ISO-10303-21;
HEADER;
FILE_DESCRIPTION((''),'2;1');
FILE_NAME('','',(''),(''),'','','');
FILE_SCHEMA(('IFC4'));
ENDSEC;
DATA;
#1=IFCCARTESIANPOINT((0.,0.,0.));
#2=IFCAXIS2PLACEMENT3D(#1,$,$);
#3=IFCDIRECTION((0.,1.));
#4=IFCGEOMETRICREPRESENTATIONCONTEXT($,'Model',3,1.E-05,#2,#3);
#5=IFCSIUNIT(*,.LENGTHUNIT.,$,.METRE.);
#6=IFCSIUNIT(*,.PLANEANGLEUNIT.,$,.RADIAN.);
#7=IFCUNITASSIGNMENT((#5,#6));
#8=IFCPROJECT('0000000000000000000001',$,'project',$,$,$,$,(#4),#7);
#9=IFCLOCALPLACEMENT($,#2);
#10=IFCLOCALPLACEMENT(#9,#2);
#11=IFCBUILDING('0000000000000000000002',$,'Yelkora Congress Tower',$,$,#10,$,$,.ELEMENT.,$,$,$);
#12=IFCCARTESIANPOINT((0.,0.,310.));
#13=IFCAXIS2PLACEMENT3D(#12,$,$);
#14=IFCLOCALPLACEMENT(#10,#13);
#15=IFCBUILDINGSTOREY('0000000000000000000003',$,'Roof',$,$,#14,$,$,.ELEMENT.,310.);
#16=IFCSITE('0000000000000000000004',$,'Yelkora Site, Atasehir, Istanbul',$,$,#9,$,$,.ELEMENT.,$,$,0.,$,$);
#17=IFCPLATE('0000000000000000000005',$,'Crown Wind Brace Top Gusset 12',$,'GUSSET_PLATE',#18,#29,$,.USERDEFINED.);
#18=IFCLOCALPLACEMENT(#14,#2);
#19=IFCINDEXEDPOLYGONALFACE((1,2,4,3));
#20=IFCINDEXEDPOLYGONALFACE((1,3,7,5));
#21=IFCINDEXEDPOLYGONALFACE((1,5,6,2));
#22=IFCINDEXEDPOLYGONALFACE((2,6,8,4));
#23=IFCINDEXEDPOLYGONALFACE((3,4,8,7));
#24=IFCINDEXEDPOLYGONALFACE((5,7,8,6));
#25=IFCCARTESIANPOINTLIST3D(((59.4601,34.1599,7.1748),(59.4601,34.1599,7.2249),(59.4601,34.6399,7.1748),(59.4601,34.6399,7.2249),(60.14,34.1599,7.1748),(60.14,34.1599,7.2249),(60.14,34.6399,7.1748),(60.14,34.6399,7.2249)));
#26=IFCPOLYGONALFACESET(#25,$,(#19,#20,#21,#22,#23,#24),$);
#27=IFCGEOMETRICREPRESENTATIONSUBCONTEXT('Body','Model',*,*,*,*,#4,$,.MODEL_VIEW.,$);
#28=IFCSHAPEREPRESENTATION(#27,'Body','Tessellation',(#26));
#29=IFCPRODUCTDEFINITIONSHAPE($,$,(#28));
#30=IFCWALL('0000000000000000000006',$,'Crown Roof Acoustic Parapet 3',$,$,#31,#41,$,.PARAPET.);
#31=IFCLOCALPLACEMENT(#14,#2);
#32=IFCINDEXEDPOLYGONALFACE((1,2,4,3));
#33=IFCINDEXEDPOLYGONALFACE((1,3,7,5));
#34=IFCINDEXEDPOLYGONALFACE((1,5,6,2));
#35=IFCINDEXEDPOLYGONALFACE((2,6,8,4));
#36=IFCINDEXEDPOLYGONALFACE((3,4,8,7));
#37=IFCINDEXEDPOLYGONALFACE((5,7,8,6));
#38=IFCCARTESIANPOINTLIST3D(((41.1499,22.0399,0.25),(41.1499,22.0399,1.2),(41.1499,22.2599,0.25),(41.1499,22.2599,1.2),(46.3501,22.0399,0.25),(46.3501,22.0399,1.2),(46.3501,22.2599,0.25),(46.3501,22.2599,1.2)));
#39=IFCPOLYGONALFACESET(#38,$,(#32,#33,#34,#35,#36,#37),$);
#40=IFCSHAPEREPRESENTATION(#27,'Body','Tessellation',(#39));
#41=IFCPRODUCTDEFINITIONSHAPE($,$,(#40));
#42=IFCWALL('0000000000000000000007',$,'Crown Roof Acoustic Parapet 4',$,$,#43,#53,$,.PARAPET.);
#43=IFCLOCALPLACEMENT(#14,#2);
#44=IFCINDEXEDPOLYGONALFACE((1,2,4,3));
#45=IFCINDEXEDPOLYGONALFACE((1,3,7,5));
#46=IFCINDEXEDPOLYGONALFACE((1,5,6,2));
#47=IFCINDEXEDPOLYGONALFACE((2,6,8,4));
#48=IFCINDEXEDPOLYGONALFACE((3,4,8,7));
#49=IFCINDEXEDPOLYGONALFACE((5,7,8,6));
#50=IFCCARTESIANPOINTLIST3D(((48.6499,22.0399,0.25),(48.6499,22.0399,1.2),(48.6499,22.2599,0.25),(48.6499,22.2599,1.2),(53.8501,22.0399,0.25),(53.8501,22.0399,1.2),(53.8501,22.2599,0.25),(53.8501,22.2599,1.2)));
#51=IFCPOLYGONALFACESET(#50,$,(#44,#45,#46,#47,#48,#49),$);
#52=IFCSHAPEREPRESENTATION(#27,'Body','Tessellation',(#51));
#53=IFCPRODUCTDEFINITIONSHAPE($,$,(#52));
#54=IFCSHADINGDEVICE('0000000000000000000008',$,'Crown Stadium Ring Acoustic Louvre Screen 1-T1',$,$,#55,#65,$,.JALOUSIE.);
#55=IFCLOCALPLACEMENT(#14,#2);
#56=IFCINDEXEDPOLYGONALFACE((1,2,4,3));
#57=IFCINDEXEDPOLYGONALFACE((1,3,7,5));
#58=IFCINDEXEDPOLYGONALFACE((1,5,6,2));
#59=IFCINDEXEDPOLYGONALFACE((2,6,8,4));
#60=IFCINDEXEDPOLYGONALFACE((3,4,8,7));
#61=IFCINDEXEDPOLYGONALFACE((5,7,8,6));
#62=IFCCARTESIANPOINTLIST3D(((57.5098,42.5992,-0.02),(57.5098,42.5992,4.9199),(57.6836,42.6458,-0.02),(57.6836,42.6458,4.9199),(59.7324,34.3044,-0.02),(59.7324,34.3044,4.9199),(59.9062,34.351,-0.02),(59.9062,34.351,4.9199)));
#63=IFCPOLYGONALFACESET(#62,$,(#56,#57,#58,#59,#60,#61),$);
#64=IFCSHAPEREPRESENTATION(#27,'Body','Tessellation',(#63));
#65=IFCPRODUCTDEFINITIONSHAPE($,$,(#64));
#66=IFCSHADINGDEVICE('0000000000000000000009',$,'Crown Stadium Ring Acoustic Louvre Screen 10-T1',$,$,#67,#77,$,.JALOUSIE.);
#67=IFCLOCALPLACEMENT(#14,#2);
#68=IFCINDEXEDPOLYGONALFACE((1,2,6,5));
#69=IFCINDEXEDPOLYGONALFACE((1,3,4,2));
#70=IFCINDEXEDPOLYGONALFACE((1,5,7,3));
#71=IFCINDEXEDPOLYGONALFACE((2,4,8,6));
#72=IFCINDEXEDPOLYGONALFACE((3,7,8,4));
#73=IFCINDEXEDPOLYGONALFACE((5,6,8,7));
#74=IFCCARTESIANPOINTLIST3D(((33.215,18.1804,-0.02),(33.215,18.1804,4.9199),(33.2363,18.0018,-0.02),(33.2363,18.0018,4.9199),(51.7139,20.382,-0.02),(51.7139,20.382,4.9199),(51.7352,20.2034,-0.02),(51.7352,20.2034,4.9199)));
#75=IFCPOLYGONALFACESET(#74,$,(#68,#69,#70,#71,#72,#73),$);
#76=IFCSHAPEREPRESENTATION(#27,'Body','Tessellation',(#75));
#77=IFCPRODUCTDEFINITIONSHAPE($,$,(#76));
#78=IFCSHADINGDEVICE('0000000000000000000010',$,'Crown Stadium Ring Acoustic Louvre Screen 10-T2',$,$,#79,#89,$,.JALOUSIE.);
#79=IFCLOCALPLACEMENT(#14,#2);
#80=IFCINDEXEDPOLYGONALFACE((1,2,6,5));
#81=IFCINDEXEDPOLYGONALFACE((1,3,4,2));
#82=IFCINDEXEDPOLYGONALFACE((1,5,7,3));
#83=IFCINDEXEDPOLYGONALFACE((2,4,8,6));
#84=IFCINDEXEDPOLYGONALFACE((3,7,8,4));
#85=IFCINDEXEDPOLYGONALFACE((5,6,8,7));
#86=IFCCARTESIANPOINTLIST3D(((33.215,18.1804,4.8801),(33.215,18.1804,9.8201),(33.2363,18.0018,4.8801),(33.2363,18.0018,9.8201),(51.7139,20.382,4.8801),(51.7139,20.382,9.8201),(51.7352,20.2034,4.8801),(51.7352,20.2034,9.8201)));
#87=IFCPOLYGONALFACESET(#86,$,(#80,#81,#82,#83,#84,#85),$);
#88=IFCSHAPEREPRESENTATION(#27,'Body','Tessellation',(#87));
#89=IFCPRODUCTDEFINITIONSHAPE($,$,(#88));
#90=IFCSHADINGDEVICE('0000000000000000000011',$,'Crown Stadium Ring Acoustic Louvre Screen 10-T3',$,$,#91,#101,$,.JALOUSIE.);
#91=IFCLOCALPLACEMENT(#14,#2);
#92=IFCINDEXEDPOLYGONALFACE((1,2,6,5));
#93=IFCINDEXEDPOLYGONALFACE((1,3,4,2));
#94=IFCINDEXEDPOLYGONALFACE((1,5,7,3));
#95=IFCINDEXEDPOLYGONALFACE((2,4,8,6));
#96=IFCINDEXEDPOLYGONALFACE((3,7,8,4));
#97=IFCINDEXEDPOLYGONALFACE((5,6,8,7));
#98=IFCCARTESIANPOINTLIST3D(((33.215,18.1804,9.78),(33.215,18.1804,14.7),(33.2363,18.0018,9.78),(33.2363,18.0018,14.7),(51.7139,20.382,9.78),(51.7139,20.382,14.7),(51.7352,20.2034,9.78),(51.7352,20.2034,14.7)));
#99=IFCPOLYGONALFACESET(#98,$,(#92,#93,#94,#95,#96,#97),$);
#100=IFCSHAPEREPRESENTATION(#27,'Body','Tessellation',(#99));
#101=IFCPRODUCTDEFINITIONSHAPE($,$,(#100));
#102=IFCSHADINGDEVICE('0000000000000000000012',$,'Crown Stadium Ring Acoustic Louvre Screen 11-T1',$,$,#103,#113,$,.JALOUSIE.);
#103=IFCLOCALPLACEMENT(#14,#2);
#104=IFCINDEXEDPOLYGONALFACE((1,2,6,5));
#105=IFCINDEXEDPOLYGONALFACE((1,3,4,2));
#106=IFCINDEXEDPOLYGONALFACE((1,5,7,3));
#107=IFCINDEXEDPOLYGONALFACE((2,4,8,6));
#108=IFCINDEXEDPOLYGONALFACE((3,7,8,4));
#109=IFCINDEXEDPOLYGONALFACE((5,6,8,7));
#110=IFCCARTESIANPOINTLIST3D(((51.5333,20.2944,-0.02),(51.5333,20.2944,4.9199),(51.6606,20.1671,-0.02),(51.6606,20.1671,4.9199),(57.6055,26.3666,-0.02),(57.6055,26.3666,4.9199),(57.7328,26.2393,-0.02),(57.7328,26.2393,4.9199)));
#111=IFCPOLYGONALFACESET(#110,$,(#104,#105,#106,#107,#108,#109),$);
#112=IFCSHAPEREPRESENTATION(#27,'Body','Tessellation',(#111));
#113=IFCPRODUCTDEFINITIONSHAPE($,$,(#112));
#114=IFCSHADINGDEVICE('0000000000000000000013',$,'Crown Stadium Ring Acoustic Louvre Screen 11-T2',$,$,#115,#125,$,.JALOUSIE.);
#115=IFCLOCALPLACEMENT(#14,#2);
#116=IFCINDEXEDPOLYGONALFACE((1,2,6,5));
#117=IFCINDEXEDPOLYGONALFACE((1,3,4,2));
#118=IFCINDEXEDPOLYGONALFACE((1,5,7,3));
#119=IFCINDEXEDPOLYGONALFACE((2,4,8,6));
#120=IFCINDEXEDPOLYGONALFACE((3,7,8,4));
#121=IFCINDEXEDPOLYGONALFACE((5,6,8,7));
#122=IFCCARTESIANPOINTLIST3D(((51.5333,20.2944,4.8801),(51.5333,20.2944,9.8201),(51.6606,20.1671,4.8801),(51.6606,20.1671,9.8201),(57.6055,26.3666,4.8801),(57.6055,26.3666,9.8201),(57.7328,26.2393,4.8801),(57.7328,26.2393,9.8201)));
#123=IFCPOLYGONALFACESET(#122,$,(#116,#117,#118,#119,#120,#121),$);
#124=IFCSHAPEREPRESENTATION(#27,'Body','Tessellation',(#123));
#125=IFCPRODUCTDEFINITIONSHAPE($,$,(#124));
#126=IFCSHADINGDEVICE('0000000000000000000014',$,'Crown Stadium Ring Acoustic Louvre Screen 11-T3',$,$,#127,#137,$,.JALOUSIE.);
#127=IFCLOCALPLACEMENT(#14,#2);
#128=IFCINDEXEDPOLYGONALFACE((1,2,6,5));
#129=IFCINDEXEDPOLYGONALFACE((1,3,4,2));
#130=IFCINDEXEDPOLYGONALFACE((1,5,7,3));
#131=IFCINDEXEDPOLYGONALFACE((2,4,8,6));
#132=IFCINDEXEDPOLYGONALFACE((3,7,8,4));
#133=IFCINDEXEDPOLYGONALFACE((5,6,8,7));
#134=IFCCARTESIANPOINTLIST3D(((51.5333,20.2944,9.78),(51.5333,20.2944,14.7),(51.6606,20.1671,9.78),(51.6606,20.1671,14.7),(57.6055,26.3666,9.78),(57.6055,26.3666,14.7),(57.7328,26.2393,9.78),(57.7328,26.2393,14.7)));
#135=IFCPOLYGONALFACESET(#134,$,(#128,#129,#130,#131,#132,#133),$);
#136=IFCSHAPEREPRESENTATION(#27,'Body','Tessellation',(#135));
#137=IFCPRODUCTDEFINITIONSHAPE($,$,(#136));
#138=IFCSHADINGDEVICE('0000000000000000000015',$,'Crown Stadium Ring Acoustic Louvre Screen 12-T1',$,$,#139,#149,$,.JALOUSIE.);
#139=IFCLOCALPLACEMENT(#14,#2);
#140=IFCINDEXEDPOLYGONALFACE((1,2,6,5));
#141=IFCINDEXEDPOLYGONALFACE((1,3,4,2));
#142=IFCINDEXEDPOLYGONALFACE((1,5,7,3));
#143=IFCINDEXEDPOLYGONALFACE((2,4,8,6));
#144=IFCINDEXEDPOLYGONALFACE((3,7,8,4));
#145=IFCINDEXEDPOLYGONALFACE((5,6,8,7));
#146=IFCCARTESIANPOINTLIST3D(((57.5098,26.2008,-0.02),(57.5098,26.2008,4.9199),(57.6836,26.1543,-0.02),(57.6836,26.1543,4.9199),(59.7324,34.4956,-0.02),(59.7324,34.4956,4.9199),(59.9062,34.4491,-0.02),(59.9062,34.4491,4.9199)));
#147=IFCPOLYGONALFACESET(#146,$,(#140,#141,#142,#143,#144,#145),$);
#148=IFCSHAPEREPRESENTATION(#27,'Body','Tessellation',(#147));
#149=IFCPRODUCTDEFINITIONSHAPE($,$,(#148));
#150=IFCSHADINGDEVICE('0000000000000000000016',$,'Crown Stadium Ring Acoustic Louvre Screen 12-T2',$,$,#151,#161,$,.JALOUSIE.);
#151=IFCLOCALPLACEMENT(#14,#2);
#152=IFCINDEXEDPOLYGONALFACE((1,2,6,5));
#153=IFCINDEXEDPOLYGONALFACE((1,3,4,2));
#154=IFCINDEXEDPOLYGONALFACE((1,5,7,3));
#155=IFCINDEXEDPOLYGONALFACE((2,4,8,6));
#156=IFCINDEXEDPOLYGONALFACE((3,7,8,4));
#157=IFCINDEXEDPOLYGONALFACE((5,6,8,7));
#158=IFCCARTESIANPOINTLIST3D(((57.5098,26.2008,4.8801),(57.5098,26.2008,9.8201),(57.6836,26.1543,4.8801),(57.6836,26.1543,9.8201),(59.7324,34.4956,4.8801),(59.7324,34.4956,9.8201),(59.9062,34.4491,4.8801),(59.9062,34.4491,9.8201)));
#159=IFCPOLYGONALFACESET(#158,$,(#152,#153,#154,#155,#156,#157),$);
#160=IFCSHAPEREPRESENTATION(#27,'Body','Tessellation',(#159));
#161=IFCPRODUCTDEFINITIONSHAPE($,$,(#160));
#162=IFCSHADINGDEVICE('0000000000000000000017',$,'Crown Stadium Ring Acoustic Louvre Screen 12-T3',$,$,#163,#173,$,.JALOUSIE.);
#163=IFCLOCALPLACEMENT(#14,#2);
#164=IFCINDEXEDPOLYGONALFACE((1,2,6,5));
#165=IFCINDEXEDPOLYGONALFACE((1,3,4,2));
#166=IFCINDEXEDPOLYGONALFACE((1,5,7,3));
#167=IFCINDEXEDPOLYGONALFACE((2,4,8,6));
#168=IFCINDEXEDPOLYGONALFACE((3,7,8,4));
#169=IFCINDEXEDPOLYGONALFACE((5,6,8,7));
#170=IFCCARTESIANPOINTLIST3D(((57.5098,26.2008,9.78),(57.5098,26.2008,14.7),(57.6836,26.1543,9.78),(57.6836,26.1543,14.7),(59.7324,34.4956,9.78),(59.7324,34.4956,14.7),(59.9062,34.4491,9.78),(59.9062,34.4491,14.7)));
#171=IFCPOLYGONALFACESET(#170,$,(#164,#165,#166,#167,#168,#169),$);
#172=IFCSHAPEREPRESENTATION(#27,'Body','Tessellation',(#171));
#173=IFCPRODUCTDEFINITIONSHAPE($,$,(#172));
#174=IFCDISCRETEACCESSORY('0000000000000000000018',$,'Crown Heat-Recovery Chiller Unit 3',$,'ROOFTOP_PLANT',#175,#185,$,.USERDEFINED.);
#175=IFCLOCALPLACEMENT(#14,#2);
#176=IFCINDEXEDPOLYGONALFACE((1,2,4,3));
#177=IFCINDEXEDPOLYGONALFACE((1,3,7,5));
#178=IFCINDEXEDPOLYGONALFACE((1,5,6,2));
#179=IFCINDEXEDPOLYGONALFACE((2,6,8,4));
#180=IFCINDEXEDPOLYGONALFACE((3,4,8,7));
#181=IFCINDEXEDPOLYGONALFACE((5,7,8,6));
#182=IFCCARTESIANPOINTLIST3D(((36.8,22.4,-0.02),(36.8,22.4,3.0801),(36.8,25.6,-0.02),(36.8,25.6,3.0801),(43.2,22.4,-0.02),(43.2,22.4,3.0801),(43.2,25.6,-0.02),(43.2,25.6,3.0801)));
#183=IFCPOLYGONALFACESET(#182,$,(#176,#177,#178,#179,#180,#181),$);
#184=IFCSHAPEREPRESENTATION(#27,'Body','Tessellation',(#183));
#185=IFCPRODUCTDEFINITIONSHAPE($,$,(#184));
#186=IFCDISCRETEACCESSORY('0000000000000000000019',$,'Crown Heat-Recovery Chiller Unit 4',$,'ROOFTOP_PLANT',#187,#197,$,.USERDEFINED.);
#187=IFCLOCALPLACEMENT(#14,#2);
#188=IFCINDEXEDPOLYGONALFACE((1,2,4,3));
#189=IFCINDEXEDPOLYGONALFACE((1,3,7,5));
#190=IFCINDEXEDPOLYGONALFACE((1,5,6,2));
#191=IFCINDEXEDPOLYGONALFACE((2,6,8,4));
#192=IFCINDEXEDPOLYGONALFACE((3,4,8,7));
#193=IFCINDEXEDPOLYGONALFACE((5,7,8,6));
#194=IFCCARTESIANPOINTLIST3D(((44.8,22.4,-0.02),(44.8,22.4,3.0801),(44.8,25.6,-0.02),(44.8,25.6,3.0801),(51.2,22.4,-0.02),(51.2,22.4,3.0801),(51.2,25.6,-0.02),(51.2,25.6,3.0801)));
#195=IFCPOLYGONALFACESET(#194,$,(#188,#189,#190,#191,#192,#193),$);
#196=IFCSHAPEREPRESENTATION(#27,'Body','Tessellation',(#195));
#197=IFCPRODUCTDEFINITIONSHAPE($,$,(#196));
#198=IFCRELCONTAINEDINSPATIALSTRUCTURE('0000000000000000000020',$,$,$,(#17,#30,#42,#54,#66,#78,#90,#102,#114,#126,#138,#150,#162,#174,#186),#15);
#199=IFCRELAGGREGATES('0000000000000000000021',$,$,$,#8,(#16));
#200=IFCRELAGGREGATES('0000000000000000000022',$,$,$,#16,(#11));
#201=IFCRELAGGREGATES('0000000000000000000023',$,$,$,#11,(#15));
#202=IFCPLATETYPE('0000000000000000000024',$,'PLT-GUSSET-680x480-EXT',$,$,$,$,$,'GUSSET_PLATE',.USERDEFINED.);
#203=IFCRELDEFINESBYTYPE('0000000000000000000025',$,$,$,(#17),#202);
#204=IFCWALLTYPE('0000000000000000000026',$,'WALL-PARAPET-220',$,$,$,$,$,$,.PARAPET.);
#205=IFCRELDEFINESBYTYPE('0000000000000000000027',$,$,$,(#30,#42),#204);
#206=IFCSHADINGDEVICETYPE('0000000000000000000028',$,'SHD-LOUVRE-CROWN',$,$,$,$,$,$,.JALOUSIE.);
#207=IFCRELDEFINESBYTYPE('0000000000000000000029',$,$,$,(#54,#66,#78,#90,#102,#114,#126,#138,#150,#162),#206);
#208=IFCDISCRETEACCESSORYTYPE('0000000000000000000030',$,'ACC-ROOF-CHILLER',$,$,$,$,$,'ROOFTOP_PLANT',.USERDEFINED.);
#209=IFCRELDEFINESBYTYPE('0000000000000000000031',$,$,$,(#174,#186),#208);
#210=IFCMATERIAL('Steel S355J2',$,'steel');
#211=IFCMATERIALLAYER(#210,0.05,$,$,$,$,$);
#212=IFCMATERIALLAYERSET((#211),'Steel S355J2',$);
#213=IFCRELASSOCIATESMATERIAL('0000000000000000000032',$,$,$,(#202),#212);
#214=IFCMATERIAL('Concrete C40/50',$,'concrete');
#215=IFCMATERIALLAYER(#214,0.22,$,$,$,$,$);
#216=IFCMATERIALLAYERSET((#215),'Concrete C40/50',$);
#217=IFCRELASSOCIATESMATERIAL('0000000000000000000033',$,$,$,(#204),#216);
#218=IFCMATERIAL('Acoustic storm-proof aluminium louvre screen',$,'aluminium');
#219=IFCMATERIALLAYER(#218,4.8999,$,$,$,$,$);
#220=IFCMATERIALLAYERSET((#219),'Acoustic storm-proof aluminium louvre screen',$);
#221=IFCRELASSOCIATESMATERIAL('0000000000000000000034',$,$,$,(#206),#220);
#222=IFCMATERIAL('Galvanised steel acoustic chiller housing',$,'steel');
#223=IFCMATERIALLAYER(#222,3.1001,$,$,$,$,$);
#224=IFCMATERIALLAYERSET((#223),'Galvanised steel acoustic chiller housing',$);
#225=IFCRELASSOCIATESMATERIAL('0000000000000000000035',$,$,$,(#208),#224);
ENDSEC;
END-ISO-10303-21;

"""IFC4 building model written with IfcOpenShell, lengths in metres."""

from ifc_helpers import new_model, si_unit, direction, frame, frame_2d, origin, origin_2d, place, context, subcontext, project, spatial, rectangle, extrude, material, layer, layer_set, type_object, element, save


model = new_model("IFC4")

# Units and contexts
model_context = context("Model", 3, precision=1e-05, world=origin(), true_north=direction((0.0, 1.0)))
body_context = subcontext(model_context, "Body", "Model", "MODEL_VIEW")
ifc_project = project(units=[si_unit("LENGTHUNIT", "METRE"), si_unit("PLANEANGLEUNIT", "RADIAN")], contexts=[model_context])

# Site, building, storey
site_placement = place(None, origin())
site = spatial("IfcSite", under=ifc_project, at=site_placement, Name="Yelkora Site, Atasehir, Istanbul", CompositionType="ELEMENT", RefElevation=0.0)
building_placement = place(site_placement, origin())
building = spatial("IfcBuilding", under=site, at=building_placement, Name="Yelkora Congress Tower", CompositionType="ELEMENT")
storey_placement = place(building_placement, frame((0.0, 0.0, 310.0)))
storey = spatial("IfcBuildingStorey", under=building, at=storey_placement, Name="Roof", CompositionType="ELEMENT", Elevation=310.0)

# Shared definitions
ifc_material_1 = material(Name="Steel S355J2", Category="steel")

# Plate
ifc_layer_1 = layer(ifc_material_1, 0.05)
ifc_layer_set_1 = layer_set([ifc_layer_1], Name="Steel S355J2")
plate_type = type_object("IfcPlateType", Name="PLT-GUSSET-680x480-EXT", ElementType="GUSSET_PLATE", PredefinedType="USERDEFINED", material=ifc_layer_set_1)
for number, where, z_axis, x_axis, name in (
    (1, (59.8, 34.3999, 7.1748), (0.0, 0.0, 1.0), (1.0, 0.0, 0.0), "Crown Wind Brace Top Gusset 12"),
):
    element("IfcPlate", number, at=place(storey_placement, frame(where, z_axis=z_axis, x_axis=x_axis)), inside=storey, type_object=plate_type, Name=name, ObjectType="GUSSET_PLATE", PredefinedType="USERDEFINED", context=body_context, shape_type="SweptSolid", body=[
        extrude(rectangle(XDim=0.6799, YDim=0.48, at=origin_2d()), origin(), (0.0, 0.0, 1.0), 0.05),
    ])

# Walls
ifc_material_2 = material(Name="Concrete C40/50", Category="concrete")
ifc_layer_2 = layer(ifc_material_2, 0.22)
ifc_layer_set_2 = layer_set([ifc_layer_2], Name="Concrete C40/50")
wall_type = type_object("IfcWallType", Name="WALL-PARAPET-220", PredefinedType="PARAPET", material=ifc_layer_set_2)
for number, where, z_axis, x_axis, name in (
    (2, (41.1499, 22.1499, 0.25), (0.0, 0.0, 1.0), (1.0, 0.0, 0.0), "Crown Roof Acoustic Parapet 3"),
    (3, (48.6499, 22.1499, 0.25), (0.0, 0.0, 1.0), (1.0, 0.0, 0.0), "Crown Roof Acoustic Parapet 4"),
):
    element("IfcWall", number, at=place(storey_placement, frame(where, z_axis=z_axis, x_axis=x_axis)), inside=storey, type_object=wall_type, Name=name, PredefinedType="PARAPET", context=body_context, shape_type="SweptSolid", body=[
        extrude(rectangle(XDim=5.2002, YDim=0.22, at=frame_2d((2.6001, 0.0))), origin(), (0.0, 0.0, 1.0), 0.95),
    ])

# Shading devices
ifc_material_3 = material(Name="Acoustic storm-proof aluminium louvre screen", Category="aluminium")
ifc_layer_3 = layer(ifc_material_3, 4.8999)
ifc_layer_set_3 = layer_set([ifc_layer_3], Name="Acoustic storm-proof aluminium louvre screen")
shading_device_type = type_object("IfcShadingDeviceType", Name="SHD-LOUVRE-CROWN", PredefinedType="JALOUSIE", material=ifc_layer_set_3)
shading_device_1_placement = place(storey_placement, frame((58.708, 38.4751, -0.02), z_axis=(0.0, 0.0, 1.0), x_axis=(-0.258819, 0.965926, 0.0)))
element("IfcShadingDevice", 4, at=shading_device_1_placement, inside=storey, type_object=shading_device_type, Name="Crown Stadium Ring Acoustic Louvre Screen 1-T1", PredefinedType="JALOUSIE", context=body_context, shape_type="SweptSolid", body=[
    extrude(rectangle(XDim=8.5874, YDim=0.1799, at=origin_2d()), origin(), (0.0, 0.0, 1.0), 4.9399),
])
for number, where, z_axis, x_axis, name in (
    (5, (42.4751, 19.1919, -0.02), (0.0, 0.0, 1.0), (0.992992, 0.118179, 0.0), "Crown Stadium Ring Acoustic Louvre Screen 10-T1"),
    (6, (42.4751, 19.1919, 4.8801), (0.0, 0.0, 1.0), (0.992992, 0.118179, 0.0), "Crown Stadium Ring Acoustic Louvre Screen 10-T2"),
):
    element("IfcShadingDevice", number, at=place(storey_placement, frame(where, z_axis=z_axis, x_axis=x_axis)), inside=storey, type_object=shading_device_type, Name=name, PredefinedType="JALOUSIE", context=body_context, shape_type="SweptSolid", body=[
        extrude(rectangle(XDim=18.6294, YDim=0.1799, at=origin_2d()), origin(), (0.0, 0.0, 1.0), 4.9399),
    ])
shading_device_2_placement = place(storey_placement, frame((42.4751, 19.1919, 9.78), z_axis=(0.0, 0.0, 1.0), x_axis=(0.992992, 0.118179, 0.0)))
element("IfcShadingDevice", 7, at=shading_device_2_placement, inside=storey, type_object=shading_device_type, Name="Crown Stadium Ring Acoustic Louvre Screen 10-T3", PredefinedType="JALOUSIE", context=body_context, shape_type="SweptSolid", body=[
    extrude(rectangle(XDim=18.6294, YDim=0.1799, at=origin_2d()), origin(), (0.0, 0.0, 1.0), 4.9199),
])
for number, where, z_axis, x_axis, name in (
    (8, (54.6331, 23.2668, -0.02), (0.0, 0.0, 1.0), (0.707107, 0.707107, 0.0), "Crown Stadium Ring Acoustic Louvre Screen 11-T1"),
    (9, (54.6331, 23.2668, 4.8801), (0.0, 0.0, 1.0), (0.707107, 0.707107, 0.0), "Crown Stadium Ring Acoustic Louvre Screen 11-T2"),
):
    element("IfcShadingDevice", number, at=place(storey_placement, frame(where, z_axis=z_axis, x_axis=x_axis)), inside=storey, type_object=shading_device_type, Name=name, PredefinedType="JALOUSIE", context=body_context, shape_type="SweptSolid", body=[
        extrude(rectangle(XDim=8.5874, YDim=0.1799, at=origin_2d()), origin(), (0.0, 0.0, 1.0), 4.9399),
    ])
shading_device_3_placement = place(storey_placement, frame((54.6331, 23.2668, 9.78), z_axis=(0.0, 0.0, 1.0), x_axis=(0.707107, 0.707107, 0.0)))
element("IfcShadingDevice", 10, at=shading_device_3_placement, inside=storey, type_object=shading_device_type, Name="Crown Stadium Ring Acoustic Louvre Screen 11-T3", PredefinedType="JALOUSIE", context=body_context, shape_type="SweptSolid", body=[
    extrude(rectangle(XDim=8.5874, YDim=0.1799, at=origin_2d()), origin(), (0.0, 0.0, 1.0), 4.9199),
])
for number, where, z_axis, x_axis, name in (
    (11, (58.708, 30.325, -0.02), (0.0, 0.0, 1.0), (0.258819, 0.965926, 0.0), "Crown Stadium Ring Acoustic Louvre Screen 12-T1"),
    (12, (58.708, 30.325, 4.8801), (0.0, 0.0, 1.0), (0.258819, 0.965926, 0.0), "Crown Stadium Ring Acoustic Louvre Screen 12-T2"),
):
    element("IfcShadingDevice", number, at=place(storey_placement, frame(where, z_axis=z_axis, x_axis=x_axis)), inside=storey, type_object=shading_device_type, Name=name, PredefinedType="JALOUSIE", context=body_context, shape_type="SweptSolid", body=[
        extrude(rectangle(XDim=8.5874, YDim=0.1799, at=origin_2d()), origin(), (0.0, 0.0, 1.0), 4.9399),
    ])
shading_device_4_placement = place(storey_placement, frame((58.708, 30.325, 9.78), z_axis=(0.0, 0.0, 1.0), x_axis=(0.258819, 0.965926, 0.0)))
element("IfcShadingDevice", 13, at=shading_device_4_placement, inside=storey, type_object=shading_device_type, Name="Crown Stadium Ring Acoustic Louvre Screen 12-T3", PredefinedType="JALOUSIE", context=body_context, shape_type="SweptSolid", body=[
    extrude(rectangle(XDim=8.5874, YDim=0.1799, at=origin_2d()), origin(), (0.0, 0.0, 1.0), 4.9199),
])

# Discrete accessories
ifc_material_4 = material(Name="Galvanised steel acoustic chiller housing", Category="steel")
ifc_layer_4 = layer(ifc_material_4, 3.1001)
ifc_layer_set_4 = layer_set([ifc_layer_4], Name="Galvanised steel acoustic chiller housing")
discrete_accessory_type = type_object("IfcDiscreteAccessoryType", Name="ACC-ROOF-CHILLER", ElementType="ROOFTOP_PLANT", PredefinedType="USERDEFINED", material=ifc_layer_set_4)
for number, where, z_axis, x_axis, name in (
    (14, (40.0, 24.0, -0.02), (0.0, 0.0, 1.0), (1.0, 0.0, 0.0), "Crown Heat-Recovery Chiller Unit 3"),
    (15, (48.0, 24.0, -0.02), (0.0, 0.0, 1.0), (1.0, 0.0, 0.0), "Crown Heat-Recovery Chiller Unit 4"),
):
    element("IfcDiscreteAccessory", number, at=place(storey_placement, frame(where, z_axis=z_axis, x_axis=x_axis)), inside=storey, type_object=discrete_accessory_type, Name=name, ObjectType="ROOFTOP_PLANT", PredefinedType="USERDEFINED", context=body_context, shape_type="SweptSolid", body=[
        extrude(rectangle(XDim=6.3999, YDim=3.2, at=origin_2d()), origin(), (0.0, 0.0, 1.0), 3.1001),
    ])

save(model, "model.ifc")
